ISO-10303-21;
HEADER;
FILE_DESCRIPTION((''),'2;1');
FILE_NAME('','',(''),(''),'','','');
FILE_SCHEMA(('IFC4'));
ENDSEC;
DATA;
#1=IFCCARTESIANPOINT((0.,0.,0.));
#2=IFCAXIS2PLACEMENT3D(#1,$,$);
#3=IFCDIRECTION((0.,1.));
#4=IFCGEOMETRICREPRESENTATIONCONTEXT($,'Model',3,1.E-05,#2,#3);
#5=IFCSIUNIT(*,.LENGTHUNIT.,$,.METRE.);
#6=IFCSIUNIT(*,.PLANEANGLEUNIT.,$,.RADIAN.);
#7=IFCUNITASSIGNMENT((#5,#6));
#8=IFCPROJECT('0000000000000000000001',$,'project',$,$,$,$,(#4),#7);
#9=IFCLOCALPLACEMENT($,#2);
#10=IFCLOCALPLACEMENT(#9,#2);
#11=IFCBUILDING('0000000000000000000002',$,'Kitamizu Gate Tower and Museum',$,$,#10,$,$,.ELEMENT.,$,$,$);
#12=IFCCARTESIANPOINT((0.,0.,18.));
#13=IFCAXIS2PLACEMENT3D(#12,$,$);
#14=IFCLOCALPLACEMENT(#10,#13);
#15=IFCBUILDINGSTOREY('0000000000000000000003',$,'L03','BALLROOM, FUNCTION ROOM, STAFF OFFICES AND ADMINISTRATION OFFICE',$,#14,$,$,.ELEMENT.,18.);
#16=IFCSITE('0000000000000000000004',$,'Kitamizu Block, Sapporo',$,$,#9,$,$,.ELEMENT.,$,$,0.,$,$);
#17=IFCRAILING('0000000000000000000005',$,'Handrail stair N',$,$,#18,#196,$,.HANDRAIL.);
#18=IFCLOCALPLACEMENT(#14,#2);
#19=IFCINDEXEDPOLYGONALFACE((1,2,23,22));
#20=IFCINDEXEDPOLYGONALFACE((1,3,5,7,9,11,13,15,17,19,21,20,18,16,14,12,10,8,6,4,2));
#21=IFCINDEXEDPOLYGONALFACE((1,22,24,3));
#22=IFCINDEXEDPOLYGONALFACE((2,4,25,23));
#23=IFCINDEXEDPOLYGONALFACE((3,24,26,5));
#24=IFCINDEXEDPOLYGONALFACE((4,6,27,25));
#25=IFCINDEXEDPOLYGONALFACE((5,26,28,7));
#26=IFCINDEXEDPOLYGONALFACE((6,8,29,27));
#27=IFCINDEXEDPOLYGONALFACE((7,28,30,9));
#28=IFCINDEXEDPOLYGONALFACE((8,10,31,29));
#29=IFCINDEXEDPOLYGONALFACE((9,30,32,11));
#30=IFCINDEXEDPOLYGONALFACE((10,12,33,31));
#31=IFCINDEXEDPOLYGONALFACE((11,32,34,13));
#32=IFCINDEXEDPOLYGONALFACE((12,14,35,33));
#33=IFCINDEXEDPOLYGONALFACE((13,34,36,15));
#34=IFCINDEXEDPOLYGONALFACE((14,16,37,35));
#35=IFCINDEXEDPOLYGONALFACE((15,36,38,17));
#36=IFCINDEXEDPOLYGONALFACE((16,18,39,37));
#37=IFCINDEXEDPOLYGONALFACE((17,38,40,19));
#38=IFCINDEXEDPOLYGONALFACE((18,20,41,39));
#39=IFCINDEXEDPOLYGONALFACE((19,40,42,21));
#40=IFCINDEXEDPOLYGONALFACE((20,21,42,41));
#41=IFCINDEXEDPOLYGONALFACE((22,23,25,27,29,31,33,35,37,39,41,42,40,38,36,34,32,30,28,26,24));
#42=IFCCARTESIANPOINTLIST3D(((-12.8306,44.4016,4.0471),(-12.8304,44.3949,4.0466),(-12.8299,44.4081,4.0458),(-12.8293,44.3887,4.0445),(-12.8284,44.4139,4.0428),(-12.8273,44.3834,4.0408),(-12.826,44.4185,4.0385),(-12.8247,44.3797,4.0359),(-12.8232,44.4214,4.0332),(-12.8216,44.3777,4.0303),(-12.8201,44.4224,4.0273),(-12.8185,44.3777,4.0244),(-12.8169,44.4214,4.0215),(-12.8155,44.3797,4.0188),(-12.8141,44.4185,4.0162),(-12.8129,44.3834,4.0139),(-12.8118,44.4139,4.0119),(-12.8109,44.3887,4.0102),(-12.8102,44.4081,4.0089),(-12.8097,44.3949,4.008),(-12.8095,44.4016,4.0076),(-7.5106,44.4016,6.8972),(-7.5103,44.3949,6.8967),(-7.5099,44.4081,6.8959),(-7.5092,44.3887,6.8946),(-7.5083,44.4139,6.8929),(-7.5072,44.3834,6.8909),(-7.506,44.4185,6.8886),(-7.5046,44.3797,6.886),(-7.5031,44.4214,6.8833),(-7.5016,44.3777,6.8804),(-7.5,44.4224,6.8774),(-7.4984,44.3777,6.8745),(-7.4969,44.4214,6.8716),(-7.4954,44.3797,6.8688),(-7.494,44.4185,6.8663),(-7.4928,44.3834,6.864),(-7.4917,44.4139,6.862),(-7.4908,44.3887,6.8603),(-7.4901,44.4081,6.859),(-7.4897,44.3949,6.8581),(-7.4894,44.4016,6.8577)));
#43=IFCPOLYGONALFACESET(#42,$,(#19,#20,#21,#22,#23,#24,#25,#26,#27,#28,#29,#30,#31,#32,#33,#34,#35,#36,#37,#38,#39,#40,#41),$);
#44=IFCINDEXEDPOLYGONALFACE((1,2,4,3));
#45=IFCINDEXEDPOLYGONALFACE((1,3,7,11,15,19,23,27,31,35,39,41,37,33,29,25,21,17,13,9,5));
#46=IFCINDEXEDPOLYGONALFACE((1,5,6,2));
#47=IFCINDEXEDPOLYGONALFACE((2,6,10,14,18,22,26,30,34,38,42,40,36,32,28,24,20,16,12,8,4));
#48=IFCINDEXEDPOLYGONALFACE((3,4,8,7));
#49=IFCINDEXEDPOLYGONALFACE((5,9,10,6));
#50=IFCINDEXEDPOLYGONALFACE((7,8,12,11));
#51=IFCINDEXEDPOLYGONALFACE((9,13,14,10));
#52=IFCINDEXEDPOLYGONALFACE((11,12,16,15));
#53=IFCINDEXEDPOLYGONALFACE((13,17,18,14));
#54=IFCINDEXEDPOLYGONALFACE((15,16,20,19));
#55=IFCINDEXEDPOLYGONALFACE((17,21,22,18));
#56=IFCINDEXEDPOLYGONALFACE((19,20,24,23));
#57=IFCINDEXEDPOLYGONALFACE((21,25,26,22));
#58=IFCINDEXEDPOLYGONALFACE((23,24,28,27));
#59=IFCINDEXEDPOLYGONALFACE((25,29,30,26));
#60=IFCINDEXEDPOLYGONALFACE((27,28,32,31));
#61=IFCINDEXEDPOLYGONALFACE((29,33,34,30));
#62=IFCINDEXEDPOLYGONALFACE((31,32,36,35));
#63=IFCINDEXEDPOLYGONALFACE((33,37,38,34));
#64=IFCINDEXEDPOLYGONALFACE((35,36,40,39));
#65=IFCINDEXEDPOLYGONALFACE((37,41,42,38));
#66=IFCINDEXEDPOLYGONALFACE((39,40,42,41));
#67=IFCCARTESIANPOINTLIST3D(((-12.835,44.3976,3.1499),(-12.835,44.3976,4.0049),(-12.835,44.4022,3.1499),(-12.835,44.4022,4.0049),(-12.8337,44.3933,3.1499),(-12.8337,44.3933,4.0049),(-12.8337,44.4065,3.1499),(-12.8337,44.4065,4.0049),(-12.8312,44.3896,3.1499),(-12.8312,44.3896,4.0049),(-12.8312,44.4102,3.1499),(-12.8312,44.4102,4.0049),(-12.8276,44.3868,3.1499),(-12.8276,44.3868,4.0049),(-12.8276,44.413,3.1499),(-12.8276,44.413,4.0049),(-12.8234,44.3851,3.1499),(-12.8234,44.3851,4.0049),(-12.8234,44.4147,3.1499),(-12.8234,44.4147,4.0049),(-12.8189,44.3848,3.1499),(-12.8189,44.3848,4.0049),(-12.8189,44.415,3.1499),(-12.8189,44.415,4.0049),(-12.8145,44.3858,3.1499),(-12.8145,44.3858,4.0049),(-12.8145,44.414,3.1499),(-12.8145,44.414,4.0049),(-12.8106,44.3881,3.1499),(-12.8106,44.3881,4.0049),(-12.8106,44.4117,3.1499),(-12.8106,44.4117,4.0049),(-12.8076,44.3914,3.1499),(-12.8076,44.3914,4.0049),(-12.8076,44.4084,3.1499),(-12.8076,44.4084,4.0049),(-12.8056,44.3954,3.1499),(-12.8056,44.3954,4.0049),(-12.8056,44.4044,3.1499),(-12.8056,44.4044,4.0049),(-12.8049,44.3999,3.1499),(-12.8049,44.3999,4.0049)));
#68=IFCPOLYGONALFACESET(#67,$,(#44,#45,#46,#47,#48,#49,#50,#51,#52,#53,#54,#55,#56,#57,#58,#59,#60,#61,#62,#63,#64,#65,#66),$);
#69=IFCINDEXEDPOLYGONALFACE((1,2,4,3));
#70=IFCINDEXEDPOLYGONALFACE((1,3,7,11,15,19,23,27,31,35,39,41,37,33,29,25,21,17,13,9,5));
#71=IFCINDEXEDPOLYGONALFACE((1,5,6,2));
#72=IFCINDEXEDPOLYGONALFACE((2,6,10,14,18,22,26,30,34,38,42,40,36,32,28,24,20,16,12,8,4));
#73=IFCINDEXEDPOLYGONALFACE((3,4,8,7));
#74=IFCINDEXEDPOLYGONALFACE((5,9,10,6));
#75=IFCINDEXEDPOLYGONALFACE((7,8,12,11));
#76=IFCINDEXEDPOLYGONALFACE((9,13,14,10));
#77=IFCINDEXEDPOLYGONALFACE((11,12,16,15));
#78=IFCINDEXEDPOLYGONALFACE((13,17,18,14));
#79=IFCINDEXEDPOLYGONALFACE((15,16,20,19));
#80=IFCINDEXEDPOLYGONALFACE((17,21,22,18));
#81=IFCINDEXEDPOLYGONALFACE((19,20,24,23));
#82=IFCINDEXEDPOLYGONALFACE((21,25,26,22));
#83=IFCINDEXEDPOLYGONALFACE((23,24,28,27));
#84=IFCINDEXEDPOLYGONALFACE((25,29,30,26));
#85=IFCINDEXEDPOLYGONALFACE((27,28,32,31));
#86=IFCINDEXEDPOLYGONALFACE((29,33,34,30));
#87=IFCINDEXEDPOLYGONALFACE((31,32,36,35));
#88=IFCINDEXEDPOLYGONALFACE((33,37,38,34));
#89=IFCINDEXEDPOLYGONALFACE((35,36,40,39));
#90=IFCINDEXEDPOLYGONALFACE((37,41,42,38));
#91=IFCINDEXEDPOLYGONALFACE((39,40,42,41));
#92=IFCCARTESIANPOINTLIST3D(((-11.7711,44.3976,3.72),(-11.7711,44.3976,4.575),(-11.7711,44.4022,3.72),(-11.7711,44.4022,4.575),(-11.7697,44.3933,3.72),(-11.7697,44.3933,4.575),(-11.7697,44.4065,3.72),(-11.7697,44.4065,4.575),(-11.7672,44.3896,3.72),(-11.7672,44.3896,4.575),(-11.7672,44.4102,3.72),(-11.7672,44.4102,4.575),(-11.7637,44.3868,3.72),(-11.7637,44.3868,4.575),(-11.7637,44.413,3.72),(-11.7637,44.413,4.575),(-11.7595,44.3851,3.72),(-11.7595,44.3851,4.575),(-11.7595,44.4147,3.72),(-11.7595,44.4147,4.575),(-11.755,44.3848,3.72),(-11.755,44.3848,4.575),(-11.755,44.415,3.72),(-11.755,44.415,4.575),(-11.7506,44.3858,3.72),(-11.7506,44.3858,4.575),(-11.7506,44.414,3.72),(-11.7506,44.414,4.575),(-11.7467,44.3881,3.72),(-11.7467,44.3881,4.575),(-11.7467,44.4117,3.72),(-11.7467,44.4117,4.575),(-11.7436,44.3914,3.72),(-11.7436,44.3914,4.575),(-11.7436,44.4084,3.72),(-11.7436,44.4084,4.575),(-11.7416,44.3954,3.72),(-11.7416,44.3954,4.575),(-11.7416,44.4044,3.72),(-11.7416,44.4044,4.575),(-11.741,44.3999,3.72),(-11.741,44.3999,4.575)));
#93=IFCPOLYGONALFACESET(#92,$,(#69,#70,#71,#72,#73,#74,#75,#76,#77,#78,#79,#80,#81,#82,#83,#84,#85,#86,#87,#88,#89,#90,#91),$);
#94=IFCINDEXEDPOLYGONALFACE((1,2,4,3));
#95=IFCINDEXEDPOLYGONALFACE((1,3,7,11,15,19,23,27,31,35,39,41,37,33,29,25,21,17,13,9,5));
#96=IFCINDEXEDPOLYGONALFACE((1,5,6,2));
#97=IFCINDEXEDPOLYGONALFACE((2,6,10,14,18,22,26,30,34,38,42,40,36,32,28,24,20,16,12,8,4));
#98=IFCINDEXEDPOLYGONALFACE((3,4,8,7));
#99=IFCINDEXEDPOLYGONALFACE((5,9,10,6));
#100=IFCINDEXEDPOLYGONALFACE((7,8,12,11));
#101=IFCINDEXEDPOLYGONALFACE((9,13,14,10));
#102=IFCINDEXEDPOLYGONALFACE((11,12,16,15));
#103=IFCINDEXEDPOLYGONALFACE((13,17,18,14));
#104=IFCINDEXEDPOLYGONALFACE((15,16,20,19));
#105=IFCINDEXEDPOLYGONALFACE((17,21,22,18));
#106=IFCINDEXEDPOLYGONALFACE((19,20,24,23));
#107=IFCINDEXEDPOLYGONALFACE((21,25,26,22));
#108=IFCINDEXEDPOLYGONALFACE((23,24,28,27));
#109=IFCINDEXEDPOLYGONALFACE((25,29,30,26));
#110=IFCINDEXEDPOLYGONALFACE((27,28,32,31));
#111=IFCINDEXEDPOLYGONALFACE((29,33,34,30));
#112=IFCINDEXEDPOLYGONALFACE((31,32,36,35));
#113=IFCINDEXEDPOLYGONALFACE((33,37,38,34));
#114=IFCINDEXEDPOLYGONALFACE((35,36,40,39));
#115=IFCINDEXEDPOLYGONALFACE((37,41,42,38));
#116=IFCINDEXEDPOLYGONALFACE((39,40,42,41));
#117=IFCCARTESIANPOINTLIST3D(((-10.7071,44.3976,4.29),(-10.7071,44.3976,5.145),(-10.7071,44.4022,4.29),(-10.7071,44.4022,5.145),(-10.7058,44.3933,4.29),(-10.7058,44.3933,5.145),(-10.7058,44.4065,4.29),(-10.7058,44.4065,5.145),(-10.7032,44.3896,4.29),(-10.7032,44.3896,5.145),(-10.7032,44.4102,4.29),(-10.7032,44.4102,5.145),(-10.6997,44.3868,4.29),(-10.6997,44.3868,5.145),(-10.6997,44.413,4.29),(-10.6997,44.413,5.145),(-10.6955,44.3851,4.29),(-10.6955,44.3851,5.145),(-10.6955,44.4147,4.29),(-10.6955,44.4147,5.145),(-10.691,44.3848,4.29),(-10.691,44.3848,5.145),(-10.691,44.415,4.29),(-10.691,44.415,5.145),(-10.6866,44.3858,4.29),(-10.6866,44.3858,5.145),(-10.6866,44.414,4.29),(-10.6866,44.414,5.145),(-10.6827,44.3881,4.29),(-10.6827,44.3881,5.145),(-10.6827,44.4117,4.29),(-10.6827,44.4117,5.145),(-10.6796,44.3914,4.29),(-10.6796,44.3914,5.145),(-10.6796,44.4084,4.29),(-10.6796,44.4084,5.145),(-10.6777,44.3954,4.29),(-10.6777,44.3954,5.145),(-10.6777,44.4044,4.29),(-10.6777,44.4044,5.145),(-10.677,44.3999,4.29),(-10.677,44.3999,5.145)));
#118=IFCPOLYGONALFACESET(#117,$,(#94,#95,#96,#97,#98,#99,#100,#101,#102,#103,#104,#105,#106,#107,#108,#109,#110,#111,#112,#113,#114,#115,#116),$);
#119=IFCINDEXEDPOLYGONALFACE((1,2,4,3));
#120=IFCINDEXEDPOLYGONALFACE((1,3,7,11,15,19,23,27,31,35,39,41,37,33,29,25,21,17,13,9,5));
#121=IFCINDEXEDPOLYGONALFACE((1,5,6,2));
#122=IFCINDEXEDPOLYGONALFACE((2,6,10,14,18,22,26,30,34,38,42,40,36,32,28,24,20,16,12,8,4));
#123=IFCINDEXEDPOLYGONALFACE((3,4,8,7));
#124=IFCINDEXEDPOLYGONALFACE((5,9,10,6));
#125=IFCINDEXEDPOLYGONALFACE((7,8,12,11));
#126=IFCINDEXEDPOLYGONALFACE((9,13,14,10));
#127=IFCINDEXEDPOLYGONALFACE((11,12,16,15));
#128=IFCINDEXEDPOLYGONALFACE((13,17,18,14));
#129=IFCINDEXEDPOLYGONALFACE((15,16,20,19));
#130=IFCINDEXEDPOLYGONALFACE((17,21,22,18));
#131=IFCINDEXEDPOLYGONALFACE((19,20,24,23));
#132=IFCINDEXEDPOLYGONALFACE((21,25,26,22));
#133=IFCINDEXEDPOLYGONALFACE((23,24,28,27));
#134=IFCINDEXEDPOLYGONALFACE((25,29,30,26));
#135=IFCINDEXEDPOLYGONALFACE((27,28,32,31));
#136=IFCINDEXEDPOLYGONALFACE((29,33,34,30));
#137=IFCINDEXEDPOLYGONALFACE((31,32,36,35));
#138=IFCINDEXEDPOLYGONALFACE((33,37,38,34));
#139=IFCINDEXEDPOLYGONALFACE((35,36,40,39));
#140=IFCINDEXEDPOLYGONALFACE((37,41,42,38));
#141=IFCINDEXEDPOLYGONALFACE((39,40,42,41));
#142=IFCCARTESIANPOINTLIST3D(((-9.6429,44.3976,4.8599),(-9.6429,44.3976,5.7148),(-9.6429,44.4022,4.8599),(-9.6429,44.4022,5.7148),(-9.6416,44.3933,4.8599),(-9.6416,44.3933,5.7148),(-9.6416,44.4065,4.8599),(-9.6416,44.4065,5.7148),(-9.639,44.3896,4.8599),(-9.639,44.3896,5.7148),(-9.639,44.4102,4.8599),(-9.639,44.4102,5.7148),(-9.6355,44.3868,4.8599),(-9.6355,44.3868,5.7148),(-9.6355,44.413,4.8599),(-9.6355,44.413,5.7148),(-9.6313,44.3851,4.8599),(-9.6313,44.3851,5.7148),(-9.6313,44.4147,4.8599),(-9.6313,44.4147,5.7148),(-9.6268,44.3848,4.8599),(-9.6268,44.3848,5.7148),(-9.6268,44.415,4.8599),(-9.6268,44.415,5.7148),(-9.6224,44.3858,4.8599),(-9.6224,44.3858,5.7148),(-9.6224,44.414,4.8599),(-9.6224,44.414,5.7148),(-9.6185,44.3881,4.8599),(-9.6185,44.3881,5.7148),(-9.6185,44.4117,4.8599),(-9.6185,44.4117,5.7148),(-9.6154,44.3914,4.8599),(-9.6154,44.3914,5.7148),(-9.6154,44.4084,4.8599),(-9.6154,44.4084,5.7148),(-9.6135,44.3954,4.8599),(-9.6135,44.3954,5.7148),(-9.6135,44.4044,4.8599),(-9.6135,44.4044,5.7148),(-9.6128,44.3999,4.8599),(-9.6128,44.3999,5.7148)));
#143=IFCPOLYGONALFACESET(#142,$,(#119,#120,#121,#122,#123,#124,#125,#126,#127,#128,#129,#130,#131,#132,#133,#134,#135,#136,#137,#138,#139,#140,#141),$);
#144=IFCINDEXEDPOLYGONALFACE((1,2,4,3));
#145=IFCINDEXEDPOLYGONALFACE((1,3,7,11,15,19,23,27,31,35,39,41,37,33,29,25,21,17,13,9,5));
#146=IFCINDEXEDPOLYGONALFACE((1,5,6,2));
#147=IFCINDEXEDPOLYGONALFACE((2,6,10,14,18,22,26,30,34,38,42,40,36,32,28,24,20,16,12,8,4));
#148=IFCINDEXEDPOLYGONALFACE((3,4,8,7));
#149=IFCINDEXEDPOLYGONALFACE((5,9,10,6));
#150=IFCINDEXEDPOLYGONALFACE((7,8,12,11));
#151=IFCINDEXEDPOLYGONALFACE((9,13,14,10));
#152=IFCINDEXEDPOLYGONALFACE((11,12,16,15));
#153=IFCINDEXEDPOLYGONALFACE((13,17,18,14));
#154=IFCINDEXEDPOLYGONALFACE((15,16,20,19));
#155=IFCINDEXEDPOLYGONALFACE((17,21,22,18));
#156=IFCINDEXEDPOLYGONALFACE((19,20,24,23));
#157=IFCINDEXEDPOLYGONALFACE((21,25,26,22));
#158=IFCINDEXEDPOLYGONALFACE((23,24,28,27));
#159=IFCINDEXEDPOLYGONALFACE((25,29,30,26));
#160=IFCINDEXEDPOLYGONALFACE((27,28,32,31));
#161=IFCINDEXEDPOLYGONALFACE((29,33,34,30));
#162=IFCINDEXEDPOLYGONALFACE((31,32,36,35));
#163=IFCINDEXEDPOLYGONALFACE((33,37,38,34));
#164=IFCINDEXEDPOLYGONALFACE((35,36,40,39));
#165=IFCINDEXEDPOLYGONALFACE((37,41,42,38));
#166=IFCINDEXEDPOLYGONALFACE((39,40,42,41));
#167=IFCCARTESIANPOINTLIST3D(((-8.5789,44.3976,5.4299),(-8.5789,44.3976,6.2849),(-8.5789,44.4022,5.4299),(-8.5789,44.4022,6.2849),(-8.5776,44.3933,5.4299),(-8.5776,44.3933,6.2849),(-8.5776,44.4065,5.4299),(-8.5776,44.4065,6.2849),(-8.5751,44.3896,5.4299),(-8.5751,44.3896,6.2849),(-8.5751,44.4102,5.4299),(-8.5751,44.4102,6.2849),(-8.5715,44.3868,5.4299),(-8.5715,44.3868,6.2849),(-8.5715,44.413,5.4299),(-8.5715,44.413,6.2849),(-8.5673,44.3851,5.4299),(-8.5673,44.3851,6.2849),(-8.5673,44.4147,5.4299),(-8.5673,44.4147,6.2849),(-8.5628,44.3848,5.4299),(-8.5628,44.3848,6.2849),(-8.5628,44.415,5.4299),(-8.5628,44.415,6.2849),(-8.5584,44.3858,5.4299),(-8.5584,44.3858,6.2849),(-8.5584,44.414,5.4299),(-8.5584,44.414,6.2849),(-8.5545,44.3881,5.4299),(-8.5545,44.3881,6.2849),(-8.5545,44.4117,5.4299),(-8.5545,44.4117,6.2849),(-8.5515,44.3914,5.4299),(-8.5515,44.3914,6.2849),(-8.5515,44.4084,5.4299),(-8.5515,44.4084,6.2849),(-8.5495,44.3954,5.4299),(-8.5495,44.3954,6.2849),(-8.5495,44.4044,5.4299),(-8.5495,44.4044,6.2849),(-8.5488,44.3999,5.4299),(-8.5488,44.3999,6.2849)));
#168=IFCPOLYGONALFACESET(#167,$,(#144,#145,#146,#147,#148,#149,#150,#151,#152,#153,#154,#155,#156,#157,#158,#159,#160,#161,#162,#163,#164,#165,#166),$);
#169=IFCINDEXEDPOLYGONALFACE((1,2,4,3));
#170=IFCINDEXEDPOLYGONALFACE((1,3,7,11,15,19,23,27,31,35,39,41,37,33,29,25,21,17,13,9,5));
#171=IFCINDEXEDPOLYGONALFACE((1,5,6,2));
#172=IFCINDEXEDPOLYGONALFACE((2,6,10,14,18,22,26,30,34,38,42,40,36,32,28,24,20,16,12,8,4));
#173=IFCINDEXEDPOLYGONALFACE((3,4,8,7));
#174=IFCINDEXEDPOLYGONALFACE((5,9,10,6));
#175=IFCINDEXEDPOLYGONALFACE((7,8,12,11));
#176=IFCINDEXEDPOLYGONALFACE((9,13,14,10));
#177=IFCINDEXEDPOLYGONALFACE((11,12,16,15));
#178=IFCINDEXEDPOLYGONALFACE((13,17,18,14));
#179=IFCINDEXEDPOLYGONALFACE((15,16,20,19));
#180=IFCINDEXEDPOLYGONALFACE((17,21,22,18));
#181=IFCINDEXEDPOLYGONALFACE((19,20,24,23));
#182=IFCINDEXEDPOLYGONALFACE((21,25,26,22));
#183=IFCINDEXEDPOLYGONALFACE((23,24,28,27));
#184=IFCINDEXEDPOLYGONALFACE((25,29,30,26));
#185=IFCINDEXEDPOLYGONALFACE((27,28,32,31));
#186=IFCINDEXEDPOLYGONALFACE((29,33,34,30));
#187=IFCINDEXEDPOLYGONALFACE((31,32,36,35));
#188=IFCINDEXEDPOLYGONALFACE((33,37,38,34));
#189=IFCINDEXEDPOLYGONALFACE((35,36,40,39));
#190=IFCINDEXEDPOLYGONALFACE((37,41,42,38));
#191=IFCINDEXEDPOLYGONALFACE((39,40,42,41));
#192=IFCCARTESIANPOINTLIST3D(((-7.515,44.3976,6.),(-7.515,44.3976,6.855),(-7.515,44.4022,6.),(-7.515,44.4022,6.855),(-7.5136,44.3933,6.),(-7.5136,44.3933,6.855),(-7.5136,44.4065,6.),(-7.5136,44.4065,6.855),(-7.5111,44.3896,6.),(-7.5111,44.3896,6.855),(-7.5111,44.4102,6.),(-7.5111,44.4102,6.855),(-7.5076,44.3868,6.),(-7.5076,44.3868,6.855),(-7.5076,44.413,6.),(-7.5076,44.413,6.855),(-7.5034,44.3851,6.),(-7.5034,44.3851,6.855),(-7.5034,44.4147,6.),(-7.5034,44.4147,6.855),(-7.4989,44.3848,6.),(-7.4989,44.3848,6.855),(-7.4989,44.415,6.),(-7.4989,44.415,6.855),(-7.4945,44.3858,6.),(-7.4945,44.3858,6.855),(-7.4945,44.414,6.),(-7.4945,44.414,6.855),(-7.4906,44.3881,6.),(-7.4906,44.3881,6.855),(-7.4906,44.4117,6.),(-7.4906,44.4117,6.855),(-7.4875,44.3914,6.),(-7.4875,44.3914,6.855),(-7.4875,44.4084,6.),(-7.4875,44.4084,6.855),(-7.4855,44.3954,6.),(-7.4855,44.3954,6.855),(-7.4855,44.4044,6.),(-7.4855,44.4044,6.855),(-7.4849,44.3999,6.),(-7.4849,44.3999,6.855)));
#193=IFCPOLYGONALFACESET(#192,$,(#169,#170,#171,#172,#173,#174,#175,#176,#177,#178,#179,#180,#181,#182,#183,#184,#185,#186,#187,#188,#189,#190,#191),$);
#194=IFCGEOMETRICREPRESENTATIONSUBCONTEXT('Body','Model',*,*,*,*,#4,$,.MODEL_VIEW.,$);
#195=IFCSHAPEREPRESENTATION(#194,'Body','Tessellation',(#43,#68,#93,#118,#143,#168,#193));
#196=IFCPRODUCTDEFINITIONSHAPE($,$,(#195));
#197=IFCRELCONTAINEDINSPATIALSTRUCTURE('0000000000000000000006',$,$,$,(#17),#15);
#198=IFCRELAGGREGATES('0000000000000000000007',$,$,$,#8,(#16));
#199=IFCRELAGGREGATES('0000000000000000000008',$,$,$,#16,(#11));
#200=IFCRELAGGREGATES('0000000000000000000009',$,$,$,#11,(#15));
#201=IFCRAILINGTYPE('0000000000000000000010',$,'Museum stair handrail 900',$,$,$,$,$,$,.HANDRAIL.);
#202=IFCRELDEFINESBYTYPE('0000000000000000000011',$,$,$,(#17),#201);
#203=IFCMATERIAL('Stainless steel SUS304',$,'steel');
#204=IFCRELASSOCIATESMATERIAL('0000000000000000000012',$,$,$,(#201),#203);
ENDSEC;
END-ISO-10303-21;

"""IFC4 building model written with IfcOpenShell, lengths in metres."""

from ifc_helpers import new_model, si_unit, direction, frame, origin, origin_2d, place, context, subcontext, project, spatial, circle, extrude, material, type_object, element, save


model = new_model("IFC4")

# Units and contexts
model_context = context("Model", 3, precision=1e-05, world=origin(), true_north=direction((0.0, 1.0)))
body_context = subcontext(model_context, "Body", "Model", "MODEL_VIEW")
ifc_project = project(units=[si_unit("LENGTHUNIT", "METRE"), si_unit("PLANEANGLEUNIT", "RADIAN")], contexts=[model_context])

# Site, building, storey
site_placement = place(None, origin())
site = spatial("IfcSite", under=ifc_project, at=site_placement, Name="Kitamizu Block, Sapporo", CompositionType="ELEMENT", RefElevation=0.0)
building_placement = place(site_placement, origin())
building = spatial("IfcBuilding", under=site, at=building_placement, Name="Kitamizu Gate Tower and Museum", CompositionType="ELEMENT")
storey_placement = place(building_placement, frame((0.0, 0.0, 18.0)))
storey = spatial("IfcBuildingStorey", under=building, at=storey_placement, Name="L03", Description="BALLROOM, FUNCTION ROOM, STAFF OFFICES AND ADMINISTRATION OFFICE", CompositionType="ELEMENT", Elevation=18.0)

# Railing
ifc_material_1 = material(Name="Stainless steel SUS304", Category="steel")
railing_type = type_object("IfcRailingType", Name="Museum stair handrail 900", PredefinedType="HANDRAIL", material=ifc_material_1)
for number, where, name in (
    (1, (-12.8201, 44.3999, 3.1499), "Handrail stair N"),
):
    element("IfcRailing", number, at=place(storey_placement, frame(where)), inside=storey, type_object=railing_type, Name=name, PredefinedType="HANDRAIL", context=body_context, shape_type="SweptSolid", body=[
        extrude(circle(Radius=0.0225, at=origin_2d()), frame((0.0, 0.0, 0.8774), z_axis=(0.881476, 0.0, 0.472229), x_axis=(0.0, 1.0, 0.0)), (0.0, 0.0, 1.0), 6.0354),
        extrude(circle(Radius=0.0151, at=origin_2d()), origin(), (0.0, 0.0, 1.0), 0.855),
        extrude(circle(Radius=0.0151, at=origin_2d()), frame((1.064, 0.0, 0.5701)), (0.0, 0.0, 1.0), 0.855),
        extrude(circle(Radius=0.0151, at=origin_2d()), frame((2.1279, 0.0, 1.1401)), (0.0, 0.0, 1.0), 0.855),
        extrude(circle(Radius=0.0151, at=origin_2d()), frame((3.1921, 0.0, 1.71)), (0.0, 0.0, 1.0), 0.855),
        extrude(circle(Radius=0.0151, at=origin_2d()), frame((4.2561, 0.0, 2.28)), (0.0, 0.0, 1.0), 0.855),
        extrude(circle(Radius=0.0151, at=origin_2d()), frame((5.3201, 0.0, 2.8501)), (0.0, 0.0, 1.0), 0.855),
    ])

save(model, "model.ifc")
